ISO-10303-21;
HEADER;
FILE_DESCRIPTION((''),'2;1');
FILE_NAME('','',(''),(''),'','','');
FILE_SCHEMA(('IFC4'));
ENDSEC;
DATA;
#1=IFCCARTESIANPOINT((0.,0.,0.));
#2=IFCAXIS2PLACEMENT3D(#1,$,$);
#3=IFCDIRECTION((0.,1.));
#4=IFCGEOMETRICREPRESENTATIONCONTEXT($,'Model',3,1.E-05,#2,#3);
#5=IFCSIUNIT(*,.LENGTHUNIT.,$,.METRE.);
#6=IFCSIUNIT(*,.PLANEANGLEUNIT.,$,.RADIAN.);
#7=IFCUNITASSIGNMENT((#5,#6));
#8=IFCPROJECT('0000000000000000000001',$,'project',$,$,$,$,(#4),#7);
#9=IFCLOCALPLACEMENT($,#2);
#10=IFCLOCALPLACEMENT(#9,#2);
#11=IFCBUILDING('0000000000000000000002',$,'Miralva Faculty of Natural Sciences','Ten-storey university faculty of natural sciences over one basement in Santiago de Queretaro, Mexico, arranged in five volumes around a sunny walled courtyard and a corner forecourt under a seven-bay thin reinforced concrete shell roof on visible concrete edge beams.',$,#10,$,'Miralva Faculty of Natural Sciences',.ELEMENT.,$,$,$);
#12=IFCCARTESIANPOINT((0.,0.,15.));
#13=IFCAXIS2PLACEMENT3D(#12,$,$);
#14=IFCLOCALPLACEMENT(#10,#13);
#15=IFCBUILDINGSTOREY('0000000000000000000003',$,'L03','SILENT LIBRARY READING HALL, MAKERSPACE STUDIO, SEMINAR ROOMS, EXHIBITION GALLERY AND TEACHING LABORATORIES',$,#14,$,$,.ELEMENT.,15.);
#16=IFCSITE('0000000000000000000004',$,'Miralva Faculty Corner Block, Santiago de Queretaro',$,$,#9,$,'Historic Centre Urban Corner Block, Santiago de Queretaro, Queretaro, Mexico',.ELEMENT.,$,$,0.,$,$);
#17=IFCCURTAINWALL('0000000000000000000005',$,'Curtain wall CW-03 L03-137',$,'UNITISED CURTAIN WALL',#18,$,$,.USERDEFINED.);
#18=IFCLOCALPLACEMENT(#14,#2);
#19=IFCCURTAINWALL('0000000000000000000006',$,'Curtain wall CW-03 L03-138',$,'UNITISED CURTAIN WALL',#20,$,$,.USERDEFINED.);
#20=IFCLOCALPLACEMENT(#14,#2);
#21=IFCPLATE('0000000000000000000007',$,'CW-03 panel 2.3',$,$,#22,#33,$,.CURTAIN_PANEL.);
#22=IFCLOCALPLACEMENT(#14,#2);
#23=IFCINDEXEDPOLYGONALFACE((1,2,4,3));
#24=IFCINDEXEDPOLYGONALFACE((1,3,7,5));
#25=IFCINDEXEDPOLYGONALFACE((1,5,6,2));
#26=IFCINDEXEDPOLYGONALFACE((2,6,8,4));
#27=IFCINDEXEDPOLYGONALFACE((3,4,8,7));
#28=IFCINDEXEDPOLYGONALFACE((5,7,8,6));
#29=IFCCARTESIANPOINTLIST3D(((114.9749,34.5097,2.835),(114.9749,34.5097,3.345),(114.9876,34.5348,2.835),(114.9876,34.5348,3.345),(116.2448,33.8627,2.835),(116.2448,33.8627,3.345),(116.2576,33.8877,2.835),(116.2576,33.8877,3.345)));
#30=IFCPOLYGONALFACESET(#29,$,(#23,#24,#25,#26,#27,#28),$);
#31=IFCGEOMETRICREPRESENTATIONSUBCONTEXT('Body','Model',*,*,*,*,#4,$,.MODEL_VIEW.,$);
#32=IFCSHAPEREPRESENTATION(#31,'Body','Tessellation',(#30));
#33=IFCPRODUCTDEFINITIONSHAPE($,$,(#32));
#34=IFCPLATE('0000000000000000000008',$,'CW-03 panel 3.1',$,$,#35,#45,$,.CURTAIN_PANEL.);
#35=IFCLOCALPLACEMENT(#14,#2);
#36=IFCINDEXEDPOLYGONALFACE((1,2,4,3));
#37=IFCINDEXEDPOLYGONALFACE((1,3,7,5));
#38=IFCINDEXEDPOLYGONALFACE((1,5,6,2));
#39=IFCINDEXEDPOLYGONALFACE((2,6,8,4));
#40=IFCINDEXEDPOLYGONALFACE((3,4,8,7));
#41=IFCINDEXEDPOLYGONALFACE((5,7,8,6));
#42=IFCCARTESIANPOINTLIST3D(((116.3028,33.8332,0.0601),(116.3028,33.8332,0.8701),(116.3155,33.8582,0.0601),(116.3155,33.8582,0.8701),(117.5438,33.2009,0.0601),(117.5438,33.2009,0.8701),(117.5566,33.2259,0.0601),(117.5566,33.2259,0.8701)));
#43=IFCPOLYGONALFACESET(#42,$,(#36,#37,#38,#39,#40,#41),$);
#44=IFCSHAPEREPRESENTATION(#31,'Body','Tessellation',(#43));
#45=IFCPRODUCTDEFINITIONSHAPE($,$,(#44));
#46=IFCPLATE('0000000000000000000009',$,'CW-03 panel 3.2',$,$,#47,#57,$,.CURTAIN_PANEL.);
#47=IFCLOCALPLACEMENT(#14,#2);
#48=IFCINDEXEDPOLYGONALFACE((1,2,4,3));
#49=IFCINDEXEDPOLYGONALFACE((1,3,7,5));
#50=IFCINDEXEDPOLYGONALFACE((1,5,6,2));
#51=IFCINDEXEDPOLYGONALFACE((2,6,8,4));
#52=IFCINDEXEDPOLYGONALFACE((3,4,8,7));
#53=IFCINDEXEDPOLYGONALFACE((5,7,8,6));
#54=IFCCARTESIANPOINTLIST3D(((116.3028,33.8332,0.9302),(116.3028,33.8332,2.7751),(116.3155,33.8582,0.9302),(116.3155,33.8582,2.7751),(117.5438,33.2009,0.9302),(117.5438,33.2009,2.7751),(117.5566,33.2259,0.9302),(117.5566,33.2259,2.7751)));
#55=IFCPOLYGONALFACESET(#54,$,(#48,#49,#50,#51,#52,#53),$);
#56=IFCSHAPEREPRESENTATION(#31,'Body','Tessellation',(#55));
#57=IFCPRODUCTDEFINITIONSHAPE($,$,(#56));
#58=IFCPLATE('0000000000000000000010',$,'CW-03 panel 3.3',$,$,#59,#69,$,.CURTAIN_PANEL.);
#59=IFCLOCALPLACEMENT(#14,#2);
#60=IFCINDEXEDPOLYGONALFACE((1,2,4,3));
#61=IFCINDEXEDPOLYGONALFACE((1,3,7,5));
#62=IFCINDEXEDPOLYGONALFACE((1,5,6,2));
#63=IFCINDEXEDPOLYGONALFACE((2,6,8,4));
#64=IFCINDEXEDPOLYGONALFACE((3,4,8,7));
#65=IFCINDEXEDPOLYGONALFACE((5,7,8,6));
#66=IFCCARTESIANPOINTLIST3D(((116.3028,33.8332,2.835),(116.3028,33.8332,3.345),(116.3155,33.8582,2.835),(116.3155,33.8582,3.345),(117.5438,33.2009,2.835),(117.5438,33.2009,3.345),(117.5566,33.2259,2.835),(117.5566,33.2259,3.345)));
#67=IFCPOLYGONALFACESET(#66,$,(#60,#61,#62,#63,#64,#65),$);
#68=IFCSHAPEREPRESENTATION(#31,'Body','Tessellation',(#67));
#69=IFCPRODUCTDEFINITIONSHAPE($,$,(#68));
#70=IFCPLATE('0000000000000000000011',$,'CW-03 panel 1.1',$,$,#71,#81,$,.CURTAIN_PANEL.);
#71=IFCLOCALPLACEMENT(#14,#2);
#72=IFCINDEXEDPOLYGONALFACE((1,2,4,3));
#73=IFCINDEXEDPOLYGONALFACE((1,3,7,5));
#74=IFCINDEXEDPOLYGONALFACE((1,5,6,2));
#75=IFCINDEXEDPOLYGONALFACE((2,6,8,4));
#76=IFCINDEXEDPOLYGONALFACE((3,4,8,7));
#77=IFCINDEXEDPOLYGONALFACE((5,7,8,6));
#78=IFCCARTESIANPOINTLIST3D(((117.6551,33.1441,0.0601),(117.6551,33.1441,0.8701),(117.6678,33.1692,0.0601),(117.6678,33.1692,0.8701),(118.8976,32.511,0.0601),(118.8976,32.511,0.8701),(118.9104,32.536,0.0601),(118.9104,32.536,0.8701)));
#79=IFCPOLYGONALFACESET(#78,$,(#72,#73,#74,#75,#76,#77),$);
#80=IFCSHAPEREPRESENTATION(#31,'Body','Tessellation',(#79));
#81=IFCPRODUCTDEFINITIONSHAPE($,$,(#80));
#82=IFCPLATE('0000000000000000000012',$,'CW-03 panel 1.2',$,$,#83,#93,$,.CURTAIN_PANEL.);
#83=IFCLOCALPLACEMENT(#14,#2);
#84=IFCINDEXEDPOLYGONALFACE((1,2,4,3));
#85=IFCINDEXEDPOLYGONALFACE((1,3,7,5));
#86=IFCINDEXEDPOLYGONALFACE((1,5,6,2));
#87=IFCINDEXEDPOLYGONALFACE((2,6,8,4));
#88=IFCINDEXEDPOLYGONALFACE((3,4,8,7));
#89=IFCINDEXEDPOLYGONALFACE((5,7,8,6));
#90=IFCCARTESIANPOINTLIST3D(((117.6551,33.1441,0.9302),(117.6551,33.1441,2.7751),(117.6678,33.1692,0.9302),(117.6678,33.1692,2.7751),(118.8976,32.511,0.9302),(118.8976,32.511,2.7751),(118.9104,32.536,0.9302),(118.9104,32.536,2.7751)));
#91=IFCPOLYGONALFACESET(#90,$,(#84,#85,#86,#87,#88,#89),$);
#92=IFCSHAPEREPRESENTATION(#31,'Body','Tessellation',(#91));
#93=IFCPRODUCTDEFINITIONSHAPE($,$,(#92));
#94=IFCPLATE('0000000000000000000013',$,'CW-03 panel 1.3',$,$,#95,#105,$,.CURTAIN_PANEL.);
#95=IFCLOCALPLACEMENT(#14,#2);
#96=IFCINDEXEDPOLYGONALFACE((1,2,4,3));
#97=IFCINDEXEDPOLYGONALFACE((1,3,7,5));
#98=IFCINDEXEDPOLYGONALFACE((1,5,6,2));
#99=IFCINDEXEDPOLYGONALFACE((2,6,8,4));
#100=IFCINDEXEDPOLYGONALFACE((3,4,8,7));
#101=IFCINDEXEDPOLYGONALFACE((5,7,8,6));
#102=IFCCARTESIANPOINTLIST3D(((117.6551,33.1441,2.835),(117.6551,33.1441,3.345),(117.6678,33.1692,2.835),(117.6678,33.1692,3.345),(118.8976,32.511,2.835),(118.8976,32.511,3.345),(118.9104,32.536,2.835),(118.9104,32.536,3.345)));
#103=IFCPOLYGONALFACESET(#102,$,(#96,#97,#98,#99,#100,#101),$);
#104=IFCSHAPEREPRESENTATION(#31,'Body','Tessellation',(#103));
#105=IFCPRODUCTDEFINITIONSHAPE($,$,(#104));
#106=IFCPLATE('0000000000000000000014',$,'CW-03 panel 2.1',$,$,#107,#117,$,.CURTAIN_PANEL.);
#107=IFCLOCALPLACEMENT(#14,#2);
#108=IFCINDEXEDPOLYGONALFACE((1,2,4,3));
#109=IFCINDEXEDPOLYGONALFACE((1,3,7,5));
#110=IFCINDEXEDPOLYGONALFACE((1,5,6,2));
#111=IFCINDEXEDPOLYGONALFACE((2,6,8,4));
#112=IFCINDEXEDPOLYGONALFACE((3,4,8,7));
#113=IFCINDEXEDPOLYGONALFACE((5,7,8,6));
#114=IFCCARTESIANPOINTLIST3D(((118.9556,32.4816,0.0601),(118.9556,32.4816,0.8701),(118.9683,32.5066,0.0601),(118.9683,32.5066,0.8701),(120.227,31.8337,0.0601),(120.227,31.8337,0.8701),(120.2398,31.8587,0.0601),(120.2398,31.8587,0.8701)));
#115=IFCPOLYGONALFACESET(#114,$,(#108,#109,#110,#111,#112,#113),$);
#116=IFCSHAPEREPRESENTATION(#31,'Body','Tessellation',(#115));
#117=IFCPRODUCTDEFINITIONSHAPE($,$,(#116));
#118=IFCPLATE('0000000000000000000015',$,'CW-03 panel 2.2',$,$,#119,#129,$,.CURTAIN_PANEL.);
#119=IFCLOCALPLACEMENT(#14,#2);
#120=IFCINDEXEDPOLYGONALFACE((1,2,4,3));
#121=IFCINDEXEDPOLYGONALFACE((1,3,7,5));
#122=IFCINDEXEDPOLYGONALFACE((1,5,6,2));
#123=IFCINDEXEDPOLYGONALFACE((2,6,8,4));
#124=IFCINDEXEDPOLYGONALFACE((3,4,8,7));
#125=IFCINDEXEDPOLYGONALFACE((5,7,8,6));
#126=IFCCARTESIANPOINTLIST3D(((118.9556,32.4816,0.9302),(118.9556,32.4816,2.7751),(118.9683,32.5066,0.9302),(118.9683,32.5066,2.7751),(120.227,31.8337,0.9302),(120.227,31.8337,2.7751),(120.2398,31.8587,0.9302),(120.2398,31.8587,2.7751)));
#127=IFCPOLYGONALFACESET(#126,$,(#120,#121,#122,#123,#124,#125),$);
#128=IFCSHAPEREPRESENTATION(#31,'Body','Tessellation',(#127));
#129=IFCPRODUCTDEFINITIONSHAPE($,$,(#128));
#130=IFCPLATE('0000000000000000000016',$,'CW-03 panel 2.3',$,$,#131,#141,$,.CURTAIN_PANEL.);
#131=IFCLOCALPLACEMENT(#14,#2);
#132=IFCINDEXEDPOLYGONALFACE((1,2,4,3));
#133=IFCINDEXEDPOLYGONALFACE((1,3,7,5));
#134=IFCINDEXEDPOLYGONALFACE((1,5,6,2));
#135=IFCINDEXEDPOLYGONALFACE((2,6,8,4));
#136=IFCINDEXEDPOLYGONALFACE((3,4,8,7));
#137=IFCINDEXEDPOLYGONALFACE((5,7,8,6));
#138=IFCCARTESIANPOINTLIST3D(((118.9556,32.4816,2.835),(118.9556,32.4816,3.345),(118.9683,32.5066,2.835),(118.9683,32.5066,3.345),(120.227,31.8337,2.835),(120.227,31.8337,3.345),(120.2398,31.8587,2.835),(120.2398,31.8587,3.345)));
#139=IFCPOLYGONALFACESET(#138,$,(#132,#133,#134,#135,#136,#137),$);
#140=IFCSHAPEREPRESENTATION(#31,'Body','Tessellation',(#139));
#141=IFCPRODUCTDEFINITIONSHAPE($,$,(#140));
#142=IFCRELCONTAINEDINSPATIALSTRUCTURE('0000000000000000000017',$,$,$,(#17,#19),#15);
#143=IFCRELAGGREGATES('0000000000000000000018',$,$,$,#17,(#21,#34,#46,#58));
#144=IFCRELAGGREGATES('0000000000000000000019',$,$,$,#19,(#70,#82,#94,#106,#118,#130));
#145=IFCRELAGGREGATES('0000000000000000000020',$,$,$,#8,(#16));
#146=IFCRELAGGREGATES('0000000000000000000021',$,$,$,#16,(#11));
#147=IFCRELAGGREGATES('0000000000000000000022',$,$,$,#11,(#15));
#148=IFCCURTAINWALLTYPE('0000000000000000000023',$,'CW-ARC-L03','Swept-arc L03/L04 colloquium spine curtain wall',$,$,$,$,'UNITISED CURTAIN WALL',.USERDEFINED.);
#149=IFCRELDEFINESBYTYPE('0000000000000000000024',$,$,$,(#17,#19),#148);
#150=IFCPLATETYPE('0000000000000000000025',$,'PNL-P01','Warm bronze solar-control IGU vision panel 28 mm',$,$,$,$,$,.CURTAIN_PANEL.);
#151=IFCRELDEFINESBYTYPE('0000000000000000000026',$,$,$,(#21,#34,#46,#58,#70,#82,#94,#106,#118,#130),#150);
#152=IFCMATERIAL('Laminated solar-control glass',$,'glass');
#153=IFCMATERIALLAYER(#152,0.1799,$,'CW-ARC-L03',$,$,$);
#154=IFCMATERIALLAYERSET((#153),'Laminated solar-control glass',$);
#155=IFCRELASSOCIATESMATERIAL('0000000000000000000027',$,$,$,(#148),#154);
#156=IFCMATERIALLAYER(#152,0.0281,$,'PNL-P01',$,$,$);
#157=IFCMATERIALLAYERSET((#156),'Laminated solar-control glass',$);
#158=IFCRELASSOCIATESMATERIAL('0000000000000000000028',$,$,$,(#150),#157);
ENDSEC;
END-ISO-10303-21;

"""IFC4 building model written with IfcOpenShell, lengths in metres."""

from ifc_helpers import new_model, si_unit, direction, frame, origin, origin_2d, place, context, subcontext, project, spatial, rectangle, extrude, material, layer, layer_set, type_object, element, aggregate, save


model = new_model("IFC4")

# Units and contexts
model_context = context("Model", 3, precision=1e-05, world=origin(), true_north=direction((0.0, 1.0)))
body_context = subcontext(model_context, "Body", "Model", "MODEL_VIEW")
ifc_project = project(units=[si_unit("LENGTHUNIT", "METRE"), si_unit("PLANEANGLEUNIT", "RADIAN")], contexts=[model_context])

# Site, building, storey
site_placement = place(None, origin())
site = spatial("IfcSite", under=ifc_project, at=site_placement, Name="Miralva Faculty Corner Block, Santiago de Queretaro", LongName="Historic Centre Urban Corner Block, Santiago de Queretaro, Queretaro, Mexico", CompositionType="ELEMENT", RefElevation=0.0)
building_placement = place(site_placement, origin())
building = spatial("IfcBuilding", under=site, at=building_placement, Name="Miralva Faculty of Natural Sciences", Description="Ten-storey university faculty of natural sciences over one basement in Santiago de Queretaro, Mexico, arranged in five volumes around a sunny walled courtyard and a corner forecourt under a seven-bay thin reinforced concrete shell roof on visible concrete edge beams.", LongName="Miralva Faculty of Natural Sciences", CompositionType="ELEMENT")
storey_placement = place(building_placement, frame((0.0, 0.0, 15.0)))
storey = spatial("IfcBuildingStorey", under=building, at=storey_placement, Name="L03", Description="SILENT LIBRARY READING HALL, MAKERSPACE STUDIO, SEMINAR ROOMS, EXHIBITION GALLERY AND TEACHING LABORATORIES", CompositionType="ELEMENT", Elevation=15.0)

# Curtain walls
ifc_material_1 = material(Name="Laminated solar-control glass", Category="glass")
ifc_layer_1 = layer(ifc_material_1, 0.1799, Name="CW-ARC-L03")
ifc_layer_set_1 = layer_set([ifc_layer_1], Name="Laminated solar-control glass")
curtain_wall_type = type_object("IfcCurtainWallType", Name="CW-ARC-L03", Description="Swept-arc L03/L04 colloquium spine curtain wall", ElementType="UNITISED CURTAIN WALL", PredefinedType="USERDEFINED", material=ifc_layer_set_1)
curtain_wall_1_placement = place(storey_placement, origin())
curtain_wall_1 = element("IfcCurtainWall", 1, at=curtain_wall_1_placement, inside=storey, type_object=curtain_wall_type, Name="Curtain wall CW-03 L03-137", ObjectType="UNITISED CURTAIN WALL", PredefinedType="USERDEFINED")
curtain_wall_2_placement = place(storey_placement, origin())
curtain_wall_2 = element("IfcCurtainWall", 2, at=curtain_wall_2_placement, inside=storey, type_object=curtain_wall_type, Name="Curtain wall CW-03 L03-138", ObjectType="UNITISED CURTAIN WALL", PredefinedType="USERDEFINED")

# Plates
ifc_layer_2 = layer(ifc_material_1, 0.0281, Name="PNL-P01")
ifc_layer_set_2 = layer_set([ifc_layer_2], Name="Laminated solar-control glass")
plate_type = type_object("IfcPlateType", Name="PNL-P01", Description="Warm bronze solar-control IGU vision panel 28 mm", PredefinedType="CURTAIN_PANEL", material=ifc_layer_set_2)
plate_1_placement = place(storey_placement, frame((115.6162, 34.1987, 2.835), z_axis=(0.0, 0.0, 1.0), x_axis=(0.891015, -0.453973, 0.0)))
plate_1 = element("IfcPlate", 3, at=plate_1_placement, type_object=plate_type, Name="CW-03 panel 2.3", PredefinedType="CURTAIN_PANEL", context=body_context, shape_type="SweptSolid", body=[
    extrude(rectangle(XDim=1.4253, YDim=0.0281, at=origin_2d()), origin(), (0.0, 0.0, 1.0), 0.51),
])
plate_2_placement = place(storey_placement, frame((116.9297, 33.5295, 0.0601), z_axis=(0.0, 0.0, 1.0), x_axis=(0.891015, -0.453973, 0.0)))
plate_2 = element("IfcPlate", 4, at=plate_2_placement, type_object=plate_type, Name="CW-03 panel 3.1", PredefinedType="CURTAIN_PANEL", context=body_context, shape_type="SweptSolid", body=[
    extrude(rectangle(XDim=1.3928, YDim=0.0281, at=origin_2d()), origin(), (0.0, 0.0, 1.0), 0.8101),
])
plate_3_placement = place(storey_placement, frame((116.9297, 33.5295, 0.9302), z_axis=(0.0, 0.0, 1.0), x_axis=(0.891015, -0.453973, 0.0)))
plate_3 = element("IfcPlate", 5, at=plate_3_placement, type_object=plate_type, Name="CW-03 panel 3.2", PredefinedType="CURTAIN_PANEL", context=body_context, shape_type="SweptSolid", body=[
    extrude(rectangle(XDim=1.3928, YDim=0.0281, at=origin_2d()), origin(), (0.0, 0.0, 1.0), 1.845),
])
plate_4_placement = place(storey_placement, frame((116.9297, 33.5295, 2.835), z_axis=(0.0, 0.0, 1.0), x_axis=(0.891015, -0.453973, 0.0)))
plate_4 = element("IfcPlate", 6, at=plate_4_placement, type_object=plate_type, Name="CW-03 panel 3.3", PredefinedType="CURTAIN_PANEL", context=body_context, shape_type="SweptSolid", body=[
    extrude(rectangle(XDim=1.3928, YDim=0.0281, at=origin_2d()), origin(), (0.0, 0.0, 1.0), 0.51),
])
aggregate(curtain_wall_1, [plate_1, plate_2, plate_3, plate_4])
plate_5_placement = place(storey_placement, frame((118.2827, 32.8401, 0.0601), z_axis=(0.0, 0.0, 1.0), x_axis=(0.891001, -0.454001, 0.0)))
plate_5 = element("IfcPlate", 7, at=plate_5_placement, type_object=plate_type, Name="CW-03 panel 1.1", PredefinedType="CURTAIN_PANEL", context=body_context, shape_type="SweptSolid", body=[
    extrude(rectangle(XDim=1.3945, YDim=0.0281, at=origin_2d()), origin(), (0.0, 0.0, 1.0), 0.8101),
])
plate_6_placement = place(storey_placement, frame((118.2827, 32.8401, 0.9302), z_axis=(0.0, 0.0, 1.0), x_axis=(0.891001, -0.454001, 0.0)))
plate_6 = element("IfcPlate", 8, at=plate_6_placement, type_object=plate_type, Name="CW-03 panel 1.2", PredefinedType="CURTAIN_PANEL", context=body_context, shape_type="SweptSolid", body=[
    extrude(rectangle(XDim=1.3945, YDim=0.0281, at=origin_2d()), origin(), (0.0, 0.0, 1.0), 1.845),
])
plate_7_placement = place(storey_placement, frame((118.2827, 32.8401, 2.835), z_axis=(0.0, 0.0, 1.0), x_axis=(0.891001, -0.454001, 0.0)))
plate_7 = element("IfcPlate", 9, at=plate_7_placement, type_object=plate_type, Name="CW-03 panel 1.3", PredefinedType="CURTAIN_PANEL", context=body_context, shape_type="SweptSolid", body=[
    extrude(rectangle(XDim=1.3945, YDim=0.0281, at=origin_2d()), origin(), (0.0, 0.0, 1.0), 0.51),
])
plate_8_placement = place(storey_placement, frame((119.5977, 32.1702, 0.0601), z_axis=(0.0, 0.0, 1.0), x_axis=(0.891001, -0.454001, 0.0)))
plate_8 = element("IfcPlate", 10, at=plate_8_placement, type_object=plate_type, Name="CW-03 panel 2.1", PredefinedType="CURTAIN_PANEL", context=body_context, shape_type="SweptSolid", body=[
    extrude(rectangle(XDim=1.427, YDim=0.0281, at=origin_2d()), origin(), (0.0, 0.0, 1.0), 0.8101),
])
plate_9_placement = place(storey_placement, frame((119.5977, 32.1702, 0.9302), z_axis=(0.0, 0.0, 1.0), x_axis=(0.891001, -0.454001, 0.0)))
plate_9 = element("IfcPlate", 11, at=plate_9_placement, type_object=plate_type, Name="CW-03 panel 2.2", PredefinedType="CURTAIN_PANEL", context=body_context, shape_type="SweptSolid", body=[
    extrude(rectangle(XDim=1.427, YDim=0.0281, at=origin_2d()), origin(), (0.0, 0.0, 1.0), 1.845),
])
plate_10_placement = place(storey_placement, frame((119.5977, 32.1702, 2.835), z_axis=(0.0, 0.0, 1.0), x_axis=(0.891001, -0.454001, 0.0)))
plate_10 = element("IfcPlate", 12, at=plate_10_placement, type_object=plate_type, Name="CW-03 panel 2.3", PredefinedType="CURTAIN_PANEL", context=body_context, shape_type="SweptSolid", body=[
    extrude(rectangle(XDim=1.427, YDim=0.0281, at=origin_2d()), origin(), (0.0, 0.0, 1.0), 0.51),
])
aggregate(curtain_wall_2, [plate_5, plate_6, plate_7, plate_8, plate_9, plate_10])

save(model, "model.ifc")
